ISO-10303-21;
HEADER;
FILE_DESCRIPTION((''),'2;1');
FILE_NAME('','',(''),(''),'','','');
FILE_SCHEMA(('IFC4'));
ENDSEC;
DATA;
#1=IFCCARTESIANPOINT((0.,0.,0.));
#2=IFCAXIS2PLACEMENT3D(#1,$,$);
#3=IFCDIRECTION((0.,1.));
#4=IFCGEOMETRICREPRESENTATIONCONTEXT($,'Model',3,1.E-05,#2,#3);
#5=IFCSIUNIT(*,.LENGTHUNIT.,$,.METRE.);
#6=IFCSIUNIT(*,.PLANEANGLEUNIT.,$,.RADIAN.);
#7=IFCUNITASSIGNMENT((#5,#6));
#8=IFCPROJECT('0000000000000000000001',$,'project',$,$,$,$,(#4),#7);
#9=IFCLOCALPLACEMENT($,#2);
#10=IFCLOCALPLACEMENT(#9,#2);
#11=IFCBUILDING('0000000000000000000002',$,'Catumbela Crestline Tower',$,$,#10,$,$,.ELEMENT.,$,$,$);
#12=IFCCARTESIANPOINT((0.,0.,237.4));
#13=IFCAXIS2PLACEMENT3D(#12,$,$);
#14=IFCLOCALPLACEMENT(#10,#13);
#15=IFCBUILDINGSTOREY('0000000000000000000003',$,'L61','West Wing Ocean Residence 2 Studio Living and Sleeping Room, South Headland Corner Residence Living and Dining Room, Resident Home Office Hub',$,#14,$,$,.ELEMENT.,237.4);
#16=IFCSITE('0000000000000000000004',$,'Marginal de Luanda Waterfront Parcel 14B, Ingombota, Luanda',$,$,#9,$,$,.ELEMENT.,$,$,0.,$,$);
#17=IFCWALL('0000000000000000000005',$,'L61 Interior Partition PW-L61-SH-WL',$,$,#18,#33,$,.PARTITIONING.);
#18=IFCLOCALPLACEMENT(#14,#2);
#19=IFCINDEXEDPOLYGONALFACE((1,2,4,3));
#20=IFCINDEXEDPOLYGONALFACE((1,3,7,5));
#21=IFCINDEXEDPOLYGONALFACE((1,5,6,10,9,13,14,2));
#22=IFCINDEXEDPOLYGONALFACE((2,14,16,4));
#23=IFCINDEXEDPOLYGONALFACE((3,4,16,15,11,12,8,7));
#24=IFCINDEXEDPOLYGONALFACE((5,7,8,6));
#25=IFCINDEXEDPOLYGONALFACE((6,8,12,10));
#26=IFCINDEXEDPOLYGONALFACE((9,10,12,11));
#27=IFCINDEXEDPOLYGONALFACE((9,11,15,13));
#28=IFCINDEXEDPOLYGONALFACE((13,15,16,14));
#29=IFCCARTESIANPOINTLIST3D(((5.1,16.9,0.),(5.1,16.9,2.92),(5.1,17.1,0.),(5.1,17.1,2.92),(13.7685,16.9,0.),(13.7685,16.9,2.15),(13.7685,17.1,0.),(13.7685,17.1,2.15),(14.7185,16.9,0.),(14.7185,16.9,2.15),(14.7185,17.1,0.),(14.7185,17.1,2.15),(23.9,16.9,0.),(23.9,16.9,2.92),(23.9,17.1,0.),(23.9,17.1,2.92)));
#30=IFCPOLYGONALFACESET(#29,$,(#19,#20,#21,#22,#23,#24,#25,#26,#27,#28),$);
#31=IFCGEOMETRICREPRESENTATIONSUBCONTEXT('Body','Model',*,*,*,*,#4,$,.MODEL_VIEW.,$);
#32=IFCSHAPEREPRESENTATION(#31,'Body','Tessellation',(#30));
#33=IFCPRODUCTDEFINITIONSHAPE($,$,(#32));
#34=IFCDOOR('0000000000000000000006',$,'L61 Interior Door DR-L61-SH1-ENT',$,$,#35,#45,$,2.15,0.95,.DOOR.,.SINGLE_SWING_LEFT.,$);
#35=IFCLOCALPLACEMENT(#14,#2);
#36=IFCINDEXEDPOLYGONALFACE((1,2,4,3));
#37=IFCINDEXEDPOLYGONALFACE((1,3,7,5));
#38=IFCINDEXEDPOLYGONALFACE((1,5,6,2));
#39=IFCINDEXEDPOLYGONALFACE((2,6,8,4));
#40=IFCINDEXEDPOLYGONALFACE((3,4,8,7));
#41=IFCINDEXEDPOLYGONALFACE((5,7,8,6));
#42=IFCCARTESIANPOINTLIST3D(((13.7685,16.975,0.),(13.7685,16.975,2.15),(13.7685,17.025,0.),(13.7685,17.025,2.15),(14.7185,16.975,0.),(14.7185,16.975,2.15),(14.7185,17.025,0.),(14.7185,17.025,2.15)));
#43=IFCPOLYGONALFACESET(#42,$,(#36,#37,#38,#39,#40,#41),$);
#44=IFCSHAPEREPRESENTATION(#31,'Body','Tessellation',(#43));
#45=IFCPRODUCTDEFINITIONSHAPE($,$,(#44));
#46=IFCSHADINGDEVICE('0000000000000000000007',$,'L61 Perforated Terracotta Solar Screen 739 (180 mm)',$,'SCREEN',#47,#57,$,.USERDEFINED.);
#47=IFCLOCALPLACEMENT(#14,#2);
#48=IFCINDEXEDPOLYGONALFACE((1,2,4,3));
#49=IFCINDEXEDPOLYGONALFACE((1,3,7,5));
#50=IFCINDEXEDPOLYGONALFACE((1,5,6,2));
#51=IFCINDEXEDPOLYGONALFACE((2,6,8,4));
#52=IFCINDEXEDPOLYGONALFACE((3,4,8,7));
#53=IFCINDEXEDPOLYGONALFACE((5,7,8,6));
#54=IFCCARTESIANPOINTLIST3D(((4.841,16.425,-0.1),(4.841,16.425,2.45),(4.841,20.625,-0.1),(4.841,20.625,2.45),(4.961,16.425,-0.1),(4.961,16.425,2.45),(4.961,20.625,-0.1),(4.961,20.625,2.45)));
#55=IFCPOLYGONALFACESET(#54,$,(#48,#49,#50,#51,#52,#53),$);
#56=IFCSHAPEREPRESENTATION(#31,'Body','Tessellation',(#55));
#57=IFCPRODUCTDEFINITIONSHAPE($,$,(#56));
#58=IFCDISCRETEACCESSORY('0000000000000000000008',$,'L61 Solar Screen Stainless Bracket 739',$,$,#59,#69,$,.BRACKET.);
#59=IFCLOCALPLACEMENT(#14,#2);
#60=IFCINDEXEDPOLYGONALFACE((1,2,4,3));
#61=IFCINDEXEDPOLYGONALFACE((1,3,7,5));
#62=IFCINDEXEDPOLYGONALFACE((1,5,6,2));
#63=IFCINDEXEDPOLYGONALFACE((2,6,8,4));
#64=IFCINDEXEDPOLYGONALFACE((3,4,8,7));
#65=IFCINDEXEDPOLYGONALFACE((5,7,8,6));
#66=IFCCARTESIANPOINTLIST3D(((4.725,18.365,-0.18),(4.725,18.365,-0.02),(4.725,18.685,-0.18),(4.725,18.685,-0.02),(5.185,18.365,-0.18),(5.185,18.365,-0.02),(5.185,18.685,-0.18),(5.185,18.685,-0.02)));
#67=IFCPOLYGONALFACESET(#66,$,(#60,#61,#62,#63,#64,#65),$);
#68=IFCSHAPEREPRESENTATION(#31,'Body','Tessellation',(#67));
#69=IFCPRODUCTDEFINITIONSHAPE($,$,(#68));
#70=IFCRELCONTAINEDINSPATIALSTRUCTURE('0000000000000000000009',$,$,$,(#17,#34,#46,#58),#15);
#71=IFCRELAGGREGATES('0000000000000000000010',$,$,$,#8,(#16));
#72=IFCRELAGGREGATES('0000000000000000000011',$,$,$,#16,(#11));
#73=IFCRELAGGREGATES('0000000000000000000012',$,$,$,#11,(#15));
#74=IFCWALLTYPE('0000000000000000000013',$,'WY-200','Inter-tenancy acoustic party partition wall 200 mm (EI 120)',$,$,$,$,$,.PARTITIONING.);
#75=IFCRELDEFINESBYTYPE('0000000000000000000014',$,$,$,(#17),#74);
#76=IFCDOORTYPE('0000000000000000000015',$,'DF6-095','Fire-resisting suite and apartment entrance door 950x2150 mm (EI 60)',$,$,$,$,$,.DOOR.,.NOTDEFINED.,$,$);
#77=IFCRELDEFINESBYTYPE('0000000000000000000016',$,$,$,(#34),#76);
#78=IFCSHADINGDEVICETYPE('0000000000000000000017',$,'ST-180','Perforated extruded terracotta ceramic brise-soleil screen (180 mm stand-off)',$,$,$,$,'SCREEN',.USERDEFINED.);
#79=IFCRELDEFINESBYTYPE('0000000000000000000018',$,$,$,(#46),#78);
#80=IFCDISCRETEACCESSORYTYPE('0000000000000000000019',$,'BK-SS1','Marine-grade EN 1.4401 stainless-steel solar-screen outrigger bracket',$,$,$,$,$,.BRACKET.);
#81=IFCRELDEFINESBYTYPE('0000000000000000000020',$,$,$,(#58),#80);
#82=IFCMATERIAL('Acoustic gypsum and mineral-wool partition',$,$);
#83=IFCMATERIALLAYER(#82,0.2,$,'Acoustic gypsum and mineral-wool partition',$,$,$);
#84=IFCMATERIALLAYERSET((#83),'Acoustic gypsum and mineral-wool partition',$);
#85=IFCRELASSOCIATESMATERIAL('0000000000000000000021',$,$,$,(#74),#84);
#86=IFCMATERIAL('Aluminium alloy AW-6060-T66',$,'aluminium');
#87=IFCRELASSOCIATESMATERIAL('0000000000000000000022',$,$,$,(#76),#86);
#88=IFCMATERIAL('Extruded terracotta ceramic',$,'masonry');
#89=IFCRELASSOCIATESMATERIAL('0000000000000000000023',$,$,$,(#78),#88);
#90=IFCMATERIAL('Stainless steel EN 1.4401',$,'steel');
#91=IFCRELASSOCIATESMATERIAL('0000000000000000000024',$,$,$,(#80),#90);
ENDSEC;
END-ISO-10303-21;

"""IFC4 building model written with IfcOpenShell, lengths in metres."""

from ifc_helpers import new_model, si_unit, direction, frame, frame_2d, origin, origin_2d, place, context, subcontext, project, spatial, rectangle, extrude, material, layer, layer_set, type_object, element, fill, save


model = new_model("IFC4")

# Units and contexts
model_context = context("Model", 3, precision=1e-05, world=origin(), true_north=direction((0.0, 1.0)))
body_context = subcontext(model_context, "Body", "Model", "MODEL_VIEW")
ifc_project = project(units=[si_unit("LENGTHUNIT", "METRE"), si_unit("PLANEANGLEUNIT", "RADIAN")], contexts=[model_context])

# Site, building, storey
site_placement = place(None, origin())
site = spatial("IfcSite", under=ifc_project, at=site_placement, Name="Marginal de Luanda Waterfront Parcel 14B, Ingombota, Luanda", CompositionType="ELEMENT", RefElevation=0.0)
building_placement = place(site_placement, origin())
building = spatial("IfcBuilding", under=site, at=building_placement, Name="Catumbela Crestline Tower", CompositionType="ELEMENT")
storey_placement = place(building_placement, frame((0.0, 0.0, 237.4)))
storey = spatial("IfcBuildingStorey", under=building, at=storey_placement, Name="L61", Description="West Wing Ocean Residence 2 Studio Living and Sleeping Room, South Headland Corner Residence Living and Dining Room, Resident Home Office Hub", CompositionType="ELEMENT", Elevation=237.4)

# Shared definitions
ifc_material_1 = material(Name="Aluminium alloy AW-6060-T66", Category="aluminium")

# Shared definitions
ifc_material_2 = material(Name="Acoustic gypsum and mineral-wool partition")

# Wall, opening, door
ifc_layer_1 = layer(ifc_material_2, 0.2, Name="Acoustic gypsum and mineral-wool partition")
ifc_layer_set_1 = layer_set([ifc_layer_1], Name="Acoustic gypsum and mineral-wool partition")
wall_type_1 = type_object("IfcWallType", Name="WY-200", Description="Inter-tenancy acoustic party partition wall 200 mm (EI 120)", PredefinedType="PARTITIONING", material=ifc_layer_set_1)
wall_1_placement = place(storey_placement, frame((5.1, 17.0, 0.0), z_axis=(0.0, 0.0, 1.0), x_axis=(1.0, 0.0, 0.0)))
wall_1 = element("IfcWall", 1, at=wall_1_placement, inside=storey, type_object=wall_type_1, Name="L61 Interior Partition PW-L61-SH-WL", PredefinedType="PARTITIONING", context=body_context, shape_type="SweptSolid", body=[
    extrude(rectangle(XDim=18.8, YDim=0.2, at=frame_2d((9.4, 0.0))), origin(), (0.0, 0.0, 1.0), 2.92),
])
opening_1_placement = place(wall_1_placement, frame((8.6685, 0.0, 0.0)))
opening_1 = element("IfcOpeningElement", 2, at=opening_1_placement, cuts=wall_1, PredefinedType="OPENING", context=body_context, shape_type="SweptSolid", body=[
    extrude(rectangle(XDim=0.95, YDim=2.15, at=frame_2d((0.475, 1.075))), frame((0.0, 0.11, 0.0), z_axis=(0.0, -1.0, 0.0), x_axis=(1.0, 0.0, 0.0)), (0.0, 0.0, 1.0), 0.22),
])
door_type_1 = type_object("IfcDoorType", Name="DF6-095", Description="Fire-resisting suite and apartment entrance door 950x2150 mm (EI 60)", OperationType="NOTDEFINED", PredefinedType="DOOR", material=ifc_material_1)
door_1_placement = place(opening_1_placement, origin())
door_1 = element("IfcDoor", 3, at=door_1_placement, inside=storey, type_object=door_type_1, Name="L61 Interior Door DR-L61-SH1-ENT", OperationType="SINGLE_SWING_LEFT", OverallHeight=2.15, OverallWidth=0.95, PredefinedType="DOOR", context=body_context, shape_type="SweptSolid", body=[
    extrude(rectangle(XDim=0.95, YDim=2.15, at=frame_2d((0.475, 1.075))), frame((0.0, 0.025, 0.0), z_axis=(0.0, -1.0, 0.0), x_axis=(1.0, 0.0, 0.0)), (0.0, 0.0, 1.0), 0.05),
])
fill(opening_1, door_1)

# Shading device
ifc_material_3 = material(Name="Extruded terracotta ceramic", Category="masonry")
shading_device_type = type_object("IfcShadingDeviceType", Name="ST-180", Description="Perforated extruded terracotta ceramic brise-soleil screen (180 mm stand-off)", ElementType="SCREEN", PredefinedType="USERDEFINED", material=ifc_material_3)
shading_device_placement = place(storey_placement, frame((4.901, 18.525, -0.1), z_axis=(0.0, 0.0, 1.0), x_axis=(0.0, -1.0, 0.0)))
element("IfcShadingDevice", 4, at=shading_device_placement, inside=storey, type_object=shading_device_type, Name="L61 Perforated Terracotta Solar Screen 739 (180 mm)", ObjectType="SCREEN", PredefinedType="USERDEFINED", context=body_context, shape_type="SweptSolid", body=[
    extrude(rectangle(XDim=4.2, YDim=0.12, at=origin_2d()), origin(), (0.0, 0.0, 1.0), 2.55),
])

# Discrete accessory
ifc_material_4 = material(Name="Stainless steel EN 1.4401", Category="steel")
discrete_accessory_type = type_object("IfcDiscreteAccessoryType", Name="BK-SS1", Description="Marine-grade EN 1.4401 stainless-steel solar-screen outrigger bracket", PredefinedType="BRACKET", material=ifc_material_4)
discrete_accessory_placement = place(storey_placement, frame((4.955, 18.525, -0.18), z_axis=(0.0, 0.0, 1.0), x_axis=(0.0, -1.0, 0.0)))
element("IfcDiscreteAccessory", 5, at=discrete_accessory_placement, inside=storey, type_object=discrete_accessory_type, Name="L61 Solar Screen Stainless Bracket 739", PredefinedType="BRACKET", context=body_context, shape_type="SweptSolid", body=[
    extrude(rectangle(XDim=0.32, YDim=0.46, at=origin_2d()), origin(), (0.0, 0.0, 1.0), 0.16),
])

save(model, "model.ifc")
